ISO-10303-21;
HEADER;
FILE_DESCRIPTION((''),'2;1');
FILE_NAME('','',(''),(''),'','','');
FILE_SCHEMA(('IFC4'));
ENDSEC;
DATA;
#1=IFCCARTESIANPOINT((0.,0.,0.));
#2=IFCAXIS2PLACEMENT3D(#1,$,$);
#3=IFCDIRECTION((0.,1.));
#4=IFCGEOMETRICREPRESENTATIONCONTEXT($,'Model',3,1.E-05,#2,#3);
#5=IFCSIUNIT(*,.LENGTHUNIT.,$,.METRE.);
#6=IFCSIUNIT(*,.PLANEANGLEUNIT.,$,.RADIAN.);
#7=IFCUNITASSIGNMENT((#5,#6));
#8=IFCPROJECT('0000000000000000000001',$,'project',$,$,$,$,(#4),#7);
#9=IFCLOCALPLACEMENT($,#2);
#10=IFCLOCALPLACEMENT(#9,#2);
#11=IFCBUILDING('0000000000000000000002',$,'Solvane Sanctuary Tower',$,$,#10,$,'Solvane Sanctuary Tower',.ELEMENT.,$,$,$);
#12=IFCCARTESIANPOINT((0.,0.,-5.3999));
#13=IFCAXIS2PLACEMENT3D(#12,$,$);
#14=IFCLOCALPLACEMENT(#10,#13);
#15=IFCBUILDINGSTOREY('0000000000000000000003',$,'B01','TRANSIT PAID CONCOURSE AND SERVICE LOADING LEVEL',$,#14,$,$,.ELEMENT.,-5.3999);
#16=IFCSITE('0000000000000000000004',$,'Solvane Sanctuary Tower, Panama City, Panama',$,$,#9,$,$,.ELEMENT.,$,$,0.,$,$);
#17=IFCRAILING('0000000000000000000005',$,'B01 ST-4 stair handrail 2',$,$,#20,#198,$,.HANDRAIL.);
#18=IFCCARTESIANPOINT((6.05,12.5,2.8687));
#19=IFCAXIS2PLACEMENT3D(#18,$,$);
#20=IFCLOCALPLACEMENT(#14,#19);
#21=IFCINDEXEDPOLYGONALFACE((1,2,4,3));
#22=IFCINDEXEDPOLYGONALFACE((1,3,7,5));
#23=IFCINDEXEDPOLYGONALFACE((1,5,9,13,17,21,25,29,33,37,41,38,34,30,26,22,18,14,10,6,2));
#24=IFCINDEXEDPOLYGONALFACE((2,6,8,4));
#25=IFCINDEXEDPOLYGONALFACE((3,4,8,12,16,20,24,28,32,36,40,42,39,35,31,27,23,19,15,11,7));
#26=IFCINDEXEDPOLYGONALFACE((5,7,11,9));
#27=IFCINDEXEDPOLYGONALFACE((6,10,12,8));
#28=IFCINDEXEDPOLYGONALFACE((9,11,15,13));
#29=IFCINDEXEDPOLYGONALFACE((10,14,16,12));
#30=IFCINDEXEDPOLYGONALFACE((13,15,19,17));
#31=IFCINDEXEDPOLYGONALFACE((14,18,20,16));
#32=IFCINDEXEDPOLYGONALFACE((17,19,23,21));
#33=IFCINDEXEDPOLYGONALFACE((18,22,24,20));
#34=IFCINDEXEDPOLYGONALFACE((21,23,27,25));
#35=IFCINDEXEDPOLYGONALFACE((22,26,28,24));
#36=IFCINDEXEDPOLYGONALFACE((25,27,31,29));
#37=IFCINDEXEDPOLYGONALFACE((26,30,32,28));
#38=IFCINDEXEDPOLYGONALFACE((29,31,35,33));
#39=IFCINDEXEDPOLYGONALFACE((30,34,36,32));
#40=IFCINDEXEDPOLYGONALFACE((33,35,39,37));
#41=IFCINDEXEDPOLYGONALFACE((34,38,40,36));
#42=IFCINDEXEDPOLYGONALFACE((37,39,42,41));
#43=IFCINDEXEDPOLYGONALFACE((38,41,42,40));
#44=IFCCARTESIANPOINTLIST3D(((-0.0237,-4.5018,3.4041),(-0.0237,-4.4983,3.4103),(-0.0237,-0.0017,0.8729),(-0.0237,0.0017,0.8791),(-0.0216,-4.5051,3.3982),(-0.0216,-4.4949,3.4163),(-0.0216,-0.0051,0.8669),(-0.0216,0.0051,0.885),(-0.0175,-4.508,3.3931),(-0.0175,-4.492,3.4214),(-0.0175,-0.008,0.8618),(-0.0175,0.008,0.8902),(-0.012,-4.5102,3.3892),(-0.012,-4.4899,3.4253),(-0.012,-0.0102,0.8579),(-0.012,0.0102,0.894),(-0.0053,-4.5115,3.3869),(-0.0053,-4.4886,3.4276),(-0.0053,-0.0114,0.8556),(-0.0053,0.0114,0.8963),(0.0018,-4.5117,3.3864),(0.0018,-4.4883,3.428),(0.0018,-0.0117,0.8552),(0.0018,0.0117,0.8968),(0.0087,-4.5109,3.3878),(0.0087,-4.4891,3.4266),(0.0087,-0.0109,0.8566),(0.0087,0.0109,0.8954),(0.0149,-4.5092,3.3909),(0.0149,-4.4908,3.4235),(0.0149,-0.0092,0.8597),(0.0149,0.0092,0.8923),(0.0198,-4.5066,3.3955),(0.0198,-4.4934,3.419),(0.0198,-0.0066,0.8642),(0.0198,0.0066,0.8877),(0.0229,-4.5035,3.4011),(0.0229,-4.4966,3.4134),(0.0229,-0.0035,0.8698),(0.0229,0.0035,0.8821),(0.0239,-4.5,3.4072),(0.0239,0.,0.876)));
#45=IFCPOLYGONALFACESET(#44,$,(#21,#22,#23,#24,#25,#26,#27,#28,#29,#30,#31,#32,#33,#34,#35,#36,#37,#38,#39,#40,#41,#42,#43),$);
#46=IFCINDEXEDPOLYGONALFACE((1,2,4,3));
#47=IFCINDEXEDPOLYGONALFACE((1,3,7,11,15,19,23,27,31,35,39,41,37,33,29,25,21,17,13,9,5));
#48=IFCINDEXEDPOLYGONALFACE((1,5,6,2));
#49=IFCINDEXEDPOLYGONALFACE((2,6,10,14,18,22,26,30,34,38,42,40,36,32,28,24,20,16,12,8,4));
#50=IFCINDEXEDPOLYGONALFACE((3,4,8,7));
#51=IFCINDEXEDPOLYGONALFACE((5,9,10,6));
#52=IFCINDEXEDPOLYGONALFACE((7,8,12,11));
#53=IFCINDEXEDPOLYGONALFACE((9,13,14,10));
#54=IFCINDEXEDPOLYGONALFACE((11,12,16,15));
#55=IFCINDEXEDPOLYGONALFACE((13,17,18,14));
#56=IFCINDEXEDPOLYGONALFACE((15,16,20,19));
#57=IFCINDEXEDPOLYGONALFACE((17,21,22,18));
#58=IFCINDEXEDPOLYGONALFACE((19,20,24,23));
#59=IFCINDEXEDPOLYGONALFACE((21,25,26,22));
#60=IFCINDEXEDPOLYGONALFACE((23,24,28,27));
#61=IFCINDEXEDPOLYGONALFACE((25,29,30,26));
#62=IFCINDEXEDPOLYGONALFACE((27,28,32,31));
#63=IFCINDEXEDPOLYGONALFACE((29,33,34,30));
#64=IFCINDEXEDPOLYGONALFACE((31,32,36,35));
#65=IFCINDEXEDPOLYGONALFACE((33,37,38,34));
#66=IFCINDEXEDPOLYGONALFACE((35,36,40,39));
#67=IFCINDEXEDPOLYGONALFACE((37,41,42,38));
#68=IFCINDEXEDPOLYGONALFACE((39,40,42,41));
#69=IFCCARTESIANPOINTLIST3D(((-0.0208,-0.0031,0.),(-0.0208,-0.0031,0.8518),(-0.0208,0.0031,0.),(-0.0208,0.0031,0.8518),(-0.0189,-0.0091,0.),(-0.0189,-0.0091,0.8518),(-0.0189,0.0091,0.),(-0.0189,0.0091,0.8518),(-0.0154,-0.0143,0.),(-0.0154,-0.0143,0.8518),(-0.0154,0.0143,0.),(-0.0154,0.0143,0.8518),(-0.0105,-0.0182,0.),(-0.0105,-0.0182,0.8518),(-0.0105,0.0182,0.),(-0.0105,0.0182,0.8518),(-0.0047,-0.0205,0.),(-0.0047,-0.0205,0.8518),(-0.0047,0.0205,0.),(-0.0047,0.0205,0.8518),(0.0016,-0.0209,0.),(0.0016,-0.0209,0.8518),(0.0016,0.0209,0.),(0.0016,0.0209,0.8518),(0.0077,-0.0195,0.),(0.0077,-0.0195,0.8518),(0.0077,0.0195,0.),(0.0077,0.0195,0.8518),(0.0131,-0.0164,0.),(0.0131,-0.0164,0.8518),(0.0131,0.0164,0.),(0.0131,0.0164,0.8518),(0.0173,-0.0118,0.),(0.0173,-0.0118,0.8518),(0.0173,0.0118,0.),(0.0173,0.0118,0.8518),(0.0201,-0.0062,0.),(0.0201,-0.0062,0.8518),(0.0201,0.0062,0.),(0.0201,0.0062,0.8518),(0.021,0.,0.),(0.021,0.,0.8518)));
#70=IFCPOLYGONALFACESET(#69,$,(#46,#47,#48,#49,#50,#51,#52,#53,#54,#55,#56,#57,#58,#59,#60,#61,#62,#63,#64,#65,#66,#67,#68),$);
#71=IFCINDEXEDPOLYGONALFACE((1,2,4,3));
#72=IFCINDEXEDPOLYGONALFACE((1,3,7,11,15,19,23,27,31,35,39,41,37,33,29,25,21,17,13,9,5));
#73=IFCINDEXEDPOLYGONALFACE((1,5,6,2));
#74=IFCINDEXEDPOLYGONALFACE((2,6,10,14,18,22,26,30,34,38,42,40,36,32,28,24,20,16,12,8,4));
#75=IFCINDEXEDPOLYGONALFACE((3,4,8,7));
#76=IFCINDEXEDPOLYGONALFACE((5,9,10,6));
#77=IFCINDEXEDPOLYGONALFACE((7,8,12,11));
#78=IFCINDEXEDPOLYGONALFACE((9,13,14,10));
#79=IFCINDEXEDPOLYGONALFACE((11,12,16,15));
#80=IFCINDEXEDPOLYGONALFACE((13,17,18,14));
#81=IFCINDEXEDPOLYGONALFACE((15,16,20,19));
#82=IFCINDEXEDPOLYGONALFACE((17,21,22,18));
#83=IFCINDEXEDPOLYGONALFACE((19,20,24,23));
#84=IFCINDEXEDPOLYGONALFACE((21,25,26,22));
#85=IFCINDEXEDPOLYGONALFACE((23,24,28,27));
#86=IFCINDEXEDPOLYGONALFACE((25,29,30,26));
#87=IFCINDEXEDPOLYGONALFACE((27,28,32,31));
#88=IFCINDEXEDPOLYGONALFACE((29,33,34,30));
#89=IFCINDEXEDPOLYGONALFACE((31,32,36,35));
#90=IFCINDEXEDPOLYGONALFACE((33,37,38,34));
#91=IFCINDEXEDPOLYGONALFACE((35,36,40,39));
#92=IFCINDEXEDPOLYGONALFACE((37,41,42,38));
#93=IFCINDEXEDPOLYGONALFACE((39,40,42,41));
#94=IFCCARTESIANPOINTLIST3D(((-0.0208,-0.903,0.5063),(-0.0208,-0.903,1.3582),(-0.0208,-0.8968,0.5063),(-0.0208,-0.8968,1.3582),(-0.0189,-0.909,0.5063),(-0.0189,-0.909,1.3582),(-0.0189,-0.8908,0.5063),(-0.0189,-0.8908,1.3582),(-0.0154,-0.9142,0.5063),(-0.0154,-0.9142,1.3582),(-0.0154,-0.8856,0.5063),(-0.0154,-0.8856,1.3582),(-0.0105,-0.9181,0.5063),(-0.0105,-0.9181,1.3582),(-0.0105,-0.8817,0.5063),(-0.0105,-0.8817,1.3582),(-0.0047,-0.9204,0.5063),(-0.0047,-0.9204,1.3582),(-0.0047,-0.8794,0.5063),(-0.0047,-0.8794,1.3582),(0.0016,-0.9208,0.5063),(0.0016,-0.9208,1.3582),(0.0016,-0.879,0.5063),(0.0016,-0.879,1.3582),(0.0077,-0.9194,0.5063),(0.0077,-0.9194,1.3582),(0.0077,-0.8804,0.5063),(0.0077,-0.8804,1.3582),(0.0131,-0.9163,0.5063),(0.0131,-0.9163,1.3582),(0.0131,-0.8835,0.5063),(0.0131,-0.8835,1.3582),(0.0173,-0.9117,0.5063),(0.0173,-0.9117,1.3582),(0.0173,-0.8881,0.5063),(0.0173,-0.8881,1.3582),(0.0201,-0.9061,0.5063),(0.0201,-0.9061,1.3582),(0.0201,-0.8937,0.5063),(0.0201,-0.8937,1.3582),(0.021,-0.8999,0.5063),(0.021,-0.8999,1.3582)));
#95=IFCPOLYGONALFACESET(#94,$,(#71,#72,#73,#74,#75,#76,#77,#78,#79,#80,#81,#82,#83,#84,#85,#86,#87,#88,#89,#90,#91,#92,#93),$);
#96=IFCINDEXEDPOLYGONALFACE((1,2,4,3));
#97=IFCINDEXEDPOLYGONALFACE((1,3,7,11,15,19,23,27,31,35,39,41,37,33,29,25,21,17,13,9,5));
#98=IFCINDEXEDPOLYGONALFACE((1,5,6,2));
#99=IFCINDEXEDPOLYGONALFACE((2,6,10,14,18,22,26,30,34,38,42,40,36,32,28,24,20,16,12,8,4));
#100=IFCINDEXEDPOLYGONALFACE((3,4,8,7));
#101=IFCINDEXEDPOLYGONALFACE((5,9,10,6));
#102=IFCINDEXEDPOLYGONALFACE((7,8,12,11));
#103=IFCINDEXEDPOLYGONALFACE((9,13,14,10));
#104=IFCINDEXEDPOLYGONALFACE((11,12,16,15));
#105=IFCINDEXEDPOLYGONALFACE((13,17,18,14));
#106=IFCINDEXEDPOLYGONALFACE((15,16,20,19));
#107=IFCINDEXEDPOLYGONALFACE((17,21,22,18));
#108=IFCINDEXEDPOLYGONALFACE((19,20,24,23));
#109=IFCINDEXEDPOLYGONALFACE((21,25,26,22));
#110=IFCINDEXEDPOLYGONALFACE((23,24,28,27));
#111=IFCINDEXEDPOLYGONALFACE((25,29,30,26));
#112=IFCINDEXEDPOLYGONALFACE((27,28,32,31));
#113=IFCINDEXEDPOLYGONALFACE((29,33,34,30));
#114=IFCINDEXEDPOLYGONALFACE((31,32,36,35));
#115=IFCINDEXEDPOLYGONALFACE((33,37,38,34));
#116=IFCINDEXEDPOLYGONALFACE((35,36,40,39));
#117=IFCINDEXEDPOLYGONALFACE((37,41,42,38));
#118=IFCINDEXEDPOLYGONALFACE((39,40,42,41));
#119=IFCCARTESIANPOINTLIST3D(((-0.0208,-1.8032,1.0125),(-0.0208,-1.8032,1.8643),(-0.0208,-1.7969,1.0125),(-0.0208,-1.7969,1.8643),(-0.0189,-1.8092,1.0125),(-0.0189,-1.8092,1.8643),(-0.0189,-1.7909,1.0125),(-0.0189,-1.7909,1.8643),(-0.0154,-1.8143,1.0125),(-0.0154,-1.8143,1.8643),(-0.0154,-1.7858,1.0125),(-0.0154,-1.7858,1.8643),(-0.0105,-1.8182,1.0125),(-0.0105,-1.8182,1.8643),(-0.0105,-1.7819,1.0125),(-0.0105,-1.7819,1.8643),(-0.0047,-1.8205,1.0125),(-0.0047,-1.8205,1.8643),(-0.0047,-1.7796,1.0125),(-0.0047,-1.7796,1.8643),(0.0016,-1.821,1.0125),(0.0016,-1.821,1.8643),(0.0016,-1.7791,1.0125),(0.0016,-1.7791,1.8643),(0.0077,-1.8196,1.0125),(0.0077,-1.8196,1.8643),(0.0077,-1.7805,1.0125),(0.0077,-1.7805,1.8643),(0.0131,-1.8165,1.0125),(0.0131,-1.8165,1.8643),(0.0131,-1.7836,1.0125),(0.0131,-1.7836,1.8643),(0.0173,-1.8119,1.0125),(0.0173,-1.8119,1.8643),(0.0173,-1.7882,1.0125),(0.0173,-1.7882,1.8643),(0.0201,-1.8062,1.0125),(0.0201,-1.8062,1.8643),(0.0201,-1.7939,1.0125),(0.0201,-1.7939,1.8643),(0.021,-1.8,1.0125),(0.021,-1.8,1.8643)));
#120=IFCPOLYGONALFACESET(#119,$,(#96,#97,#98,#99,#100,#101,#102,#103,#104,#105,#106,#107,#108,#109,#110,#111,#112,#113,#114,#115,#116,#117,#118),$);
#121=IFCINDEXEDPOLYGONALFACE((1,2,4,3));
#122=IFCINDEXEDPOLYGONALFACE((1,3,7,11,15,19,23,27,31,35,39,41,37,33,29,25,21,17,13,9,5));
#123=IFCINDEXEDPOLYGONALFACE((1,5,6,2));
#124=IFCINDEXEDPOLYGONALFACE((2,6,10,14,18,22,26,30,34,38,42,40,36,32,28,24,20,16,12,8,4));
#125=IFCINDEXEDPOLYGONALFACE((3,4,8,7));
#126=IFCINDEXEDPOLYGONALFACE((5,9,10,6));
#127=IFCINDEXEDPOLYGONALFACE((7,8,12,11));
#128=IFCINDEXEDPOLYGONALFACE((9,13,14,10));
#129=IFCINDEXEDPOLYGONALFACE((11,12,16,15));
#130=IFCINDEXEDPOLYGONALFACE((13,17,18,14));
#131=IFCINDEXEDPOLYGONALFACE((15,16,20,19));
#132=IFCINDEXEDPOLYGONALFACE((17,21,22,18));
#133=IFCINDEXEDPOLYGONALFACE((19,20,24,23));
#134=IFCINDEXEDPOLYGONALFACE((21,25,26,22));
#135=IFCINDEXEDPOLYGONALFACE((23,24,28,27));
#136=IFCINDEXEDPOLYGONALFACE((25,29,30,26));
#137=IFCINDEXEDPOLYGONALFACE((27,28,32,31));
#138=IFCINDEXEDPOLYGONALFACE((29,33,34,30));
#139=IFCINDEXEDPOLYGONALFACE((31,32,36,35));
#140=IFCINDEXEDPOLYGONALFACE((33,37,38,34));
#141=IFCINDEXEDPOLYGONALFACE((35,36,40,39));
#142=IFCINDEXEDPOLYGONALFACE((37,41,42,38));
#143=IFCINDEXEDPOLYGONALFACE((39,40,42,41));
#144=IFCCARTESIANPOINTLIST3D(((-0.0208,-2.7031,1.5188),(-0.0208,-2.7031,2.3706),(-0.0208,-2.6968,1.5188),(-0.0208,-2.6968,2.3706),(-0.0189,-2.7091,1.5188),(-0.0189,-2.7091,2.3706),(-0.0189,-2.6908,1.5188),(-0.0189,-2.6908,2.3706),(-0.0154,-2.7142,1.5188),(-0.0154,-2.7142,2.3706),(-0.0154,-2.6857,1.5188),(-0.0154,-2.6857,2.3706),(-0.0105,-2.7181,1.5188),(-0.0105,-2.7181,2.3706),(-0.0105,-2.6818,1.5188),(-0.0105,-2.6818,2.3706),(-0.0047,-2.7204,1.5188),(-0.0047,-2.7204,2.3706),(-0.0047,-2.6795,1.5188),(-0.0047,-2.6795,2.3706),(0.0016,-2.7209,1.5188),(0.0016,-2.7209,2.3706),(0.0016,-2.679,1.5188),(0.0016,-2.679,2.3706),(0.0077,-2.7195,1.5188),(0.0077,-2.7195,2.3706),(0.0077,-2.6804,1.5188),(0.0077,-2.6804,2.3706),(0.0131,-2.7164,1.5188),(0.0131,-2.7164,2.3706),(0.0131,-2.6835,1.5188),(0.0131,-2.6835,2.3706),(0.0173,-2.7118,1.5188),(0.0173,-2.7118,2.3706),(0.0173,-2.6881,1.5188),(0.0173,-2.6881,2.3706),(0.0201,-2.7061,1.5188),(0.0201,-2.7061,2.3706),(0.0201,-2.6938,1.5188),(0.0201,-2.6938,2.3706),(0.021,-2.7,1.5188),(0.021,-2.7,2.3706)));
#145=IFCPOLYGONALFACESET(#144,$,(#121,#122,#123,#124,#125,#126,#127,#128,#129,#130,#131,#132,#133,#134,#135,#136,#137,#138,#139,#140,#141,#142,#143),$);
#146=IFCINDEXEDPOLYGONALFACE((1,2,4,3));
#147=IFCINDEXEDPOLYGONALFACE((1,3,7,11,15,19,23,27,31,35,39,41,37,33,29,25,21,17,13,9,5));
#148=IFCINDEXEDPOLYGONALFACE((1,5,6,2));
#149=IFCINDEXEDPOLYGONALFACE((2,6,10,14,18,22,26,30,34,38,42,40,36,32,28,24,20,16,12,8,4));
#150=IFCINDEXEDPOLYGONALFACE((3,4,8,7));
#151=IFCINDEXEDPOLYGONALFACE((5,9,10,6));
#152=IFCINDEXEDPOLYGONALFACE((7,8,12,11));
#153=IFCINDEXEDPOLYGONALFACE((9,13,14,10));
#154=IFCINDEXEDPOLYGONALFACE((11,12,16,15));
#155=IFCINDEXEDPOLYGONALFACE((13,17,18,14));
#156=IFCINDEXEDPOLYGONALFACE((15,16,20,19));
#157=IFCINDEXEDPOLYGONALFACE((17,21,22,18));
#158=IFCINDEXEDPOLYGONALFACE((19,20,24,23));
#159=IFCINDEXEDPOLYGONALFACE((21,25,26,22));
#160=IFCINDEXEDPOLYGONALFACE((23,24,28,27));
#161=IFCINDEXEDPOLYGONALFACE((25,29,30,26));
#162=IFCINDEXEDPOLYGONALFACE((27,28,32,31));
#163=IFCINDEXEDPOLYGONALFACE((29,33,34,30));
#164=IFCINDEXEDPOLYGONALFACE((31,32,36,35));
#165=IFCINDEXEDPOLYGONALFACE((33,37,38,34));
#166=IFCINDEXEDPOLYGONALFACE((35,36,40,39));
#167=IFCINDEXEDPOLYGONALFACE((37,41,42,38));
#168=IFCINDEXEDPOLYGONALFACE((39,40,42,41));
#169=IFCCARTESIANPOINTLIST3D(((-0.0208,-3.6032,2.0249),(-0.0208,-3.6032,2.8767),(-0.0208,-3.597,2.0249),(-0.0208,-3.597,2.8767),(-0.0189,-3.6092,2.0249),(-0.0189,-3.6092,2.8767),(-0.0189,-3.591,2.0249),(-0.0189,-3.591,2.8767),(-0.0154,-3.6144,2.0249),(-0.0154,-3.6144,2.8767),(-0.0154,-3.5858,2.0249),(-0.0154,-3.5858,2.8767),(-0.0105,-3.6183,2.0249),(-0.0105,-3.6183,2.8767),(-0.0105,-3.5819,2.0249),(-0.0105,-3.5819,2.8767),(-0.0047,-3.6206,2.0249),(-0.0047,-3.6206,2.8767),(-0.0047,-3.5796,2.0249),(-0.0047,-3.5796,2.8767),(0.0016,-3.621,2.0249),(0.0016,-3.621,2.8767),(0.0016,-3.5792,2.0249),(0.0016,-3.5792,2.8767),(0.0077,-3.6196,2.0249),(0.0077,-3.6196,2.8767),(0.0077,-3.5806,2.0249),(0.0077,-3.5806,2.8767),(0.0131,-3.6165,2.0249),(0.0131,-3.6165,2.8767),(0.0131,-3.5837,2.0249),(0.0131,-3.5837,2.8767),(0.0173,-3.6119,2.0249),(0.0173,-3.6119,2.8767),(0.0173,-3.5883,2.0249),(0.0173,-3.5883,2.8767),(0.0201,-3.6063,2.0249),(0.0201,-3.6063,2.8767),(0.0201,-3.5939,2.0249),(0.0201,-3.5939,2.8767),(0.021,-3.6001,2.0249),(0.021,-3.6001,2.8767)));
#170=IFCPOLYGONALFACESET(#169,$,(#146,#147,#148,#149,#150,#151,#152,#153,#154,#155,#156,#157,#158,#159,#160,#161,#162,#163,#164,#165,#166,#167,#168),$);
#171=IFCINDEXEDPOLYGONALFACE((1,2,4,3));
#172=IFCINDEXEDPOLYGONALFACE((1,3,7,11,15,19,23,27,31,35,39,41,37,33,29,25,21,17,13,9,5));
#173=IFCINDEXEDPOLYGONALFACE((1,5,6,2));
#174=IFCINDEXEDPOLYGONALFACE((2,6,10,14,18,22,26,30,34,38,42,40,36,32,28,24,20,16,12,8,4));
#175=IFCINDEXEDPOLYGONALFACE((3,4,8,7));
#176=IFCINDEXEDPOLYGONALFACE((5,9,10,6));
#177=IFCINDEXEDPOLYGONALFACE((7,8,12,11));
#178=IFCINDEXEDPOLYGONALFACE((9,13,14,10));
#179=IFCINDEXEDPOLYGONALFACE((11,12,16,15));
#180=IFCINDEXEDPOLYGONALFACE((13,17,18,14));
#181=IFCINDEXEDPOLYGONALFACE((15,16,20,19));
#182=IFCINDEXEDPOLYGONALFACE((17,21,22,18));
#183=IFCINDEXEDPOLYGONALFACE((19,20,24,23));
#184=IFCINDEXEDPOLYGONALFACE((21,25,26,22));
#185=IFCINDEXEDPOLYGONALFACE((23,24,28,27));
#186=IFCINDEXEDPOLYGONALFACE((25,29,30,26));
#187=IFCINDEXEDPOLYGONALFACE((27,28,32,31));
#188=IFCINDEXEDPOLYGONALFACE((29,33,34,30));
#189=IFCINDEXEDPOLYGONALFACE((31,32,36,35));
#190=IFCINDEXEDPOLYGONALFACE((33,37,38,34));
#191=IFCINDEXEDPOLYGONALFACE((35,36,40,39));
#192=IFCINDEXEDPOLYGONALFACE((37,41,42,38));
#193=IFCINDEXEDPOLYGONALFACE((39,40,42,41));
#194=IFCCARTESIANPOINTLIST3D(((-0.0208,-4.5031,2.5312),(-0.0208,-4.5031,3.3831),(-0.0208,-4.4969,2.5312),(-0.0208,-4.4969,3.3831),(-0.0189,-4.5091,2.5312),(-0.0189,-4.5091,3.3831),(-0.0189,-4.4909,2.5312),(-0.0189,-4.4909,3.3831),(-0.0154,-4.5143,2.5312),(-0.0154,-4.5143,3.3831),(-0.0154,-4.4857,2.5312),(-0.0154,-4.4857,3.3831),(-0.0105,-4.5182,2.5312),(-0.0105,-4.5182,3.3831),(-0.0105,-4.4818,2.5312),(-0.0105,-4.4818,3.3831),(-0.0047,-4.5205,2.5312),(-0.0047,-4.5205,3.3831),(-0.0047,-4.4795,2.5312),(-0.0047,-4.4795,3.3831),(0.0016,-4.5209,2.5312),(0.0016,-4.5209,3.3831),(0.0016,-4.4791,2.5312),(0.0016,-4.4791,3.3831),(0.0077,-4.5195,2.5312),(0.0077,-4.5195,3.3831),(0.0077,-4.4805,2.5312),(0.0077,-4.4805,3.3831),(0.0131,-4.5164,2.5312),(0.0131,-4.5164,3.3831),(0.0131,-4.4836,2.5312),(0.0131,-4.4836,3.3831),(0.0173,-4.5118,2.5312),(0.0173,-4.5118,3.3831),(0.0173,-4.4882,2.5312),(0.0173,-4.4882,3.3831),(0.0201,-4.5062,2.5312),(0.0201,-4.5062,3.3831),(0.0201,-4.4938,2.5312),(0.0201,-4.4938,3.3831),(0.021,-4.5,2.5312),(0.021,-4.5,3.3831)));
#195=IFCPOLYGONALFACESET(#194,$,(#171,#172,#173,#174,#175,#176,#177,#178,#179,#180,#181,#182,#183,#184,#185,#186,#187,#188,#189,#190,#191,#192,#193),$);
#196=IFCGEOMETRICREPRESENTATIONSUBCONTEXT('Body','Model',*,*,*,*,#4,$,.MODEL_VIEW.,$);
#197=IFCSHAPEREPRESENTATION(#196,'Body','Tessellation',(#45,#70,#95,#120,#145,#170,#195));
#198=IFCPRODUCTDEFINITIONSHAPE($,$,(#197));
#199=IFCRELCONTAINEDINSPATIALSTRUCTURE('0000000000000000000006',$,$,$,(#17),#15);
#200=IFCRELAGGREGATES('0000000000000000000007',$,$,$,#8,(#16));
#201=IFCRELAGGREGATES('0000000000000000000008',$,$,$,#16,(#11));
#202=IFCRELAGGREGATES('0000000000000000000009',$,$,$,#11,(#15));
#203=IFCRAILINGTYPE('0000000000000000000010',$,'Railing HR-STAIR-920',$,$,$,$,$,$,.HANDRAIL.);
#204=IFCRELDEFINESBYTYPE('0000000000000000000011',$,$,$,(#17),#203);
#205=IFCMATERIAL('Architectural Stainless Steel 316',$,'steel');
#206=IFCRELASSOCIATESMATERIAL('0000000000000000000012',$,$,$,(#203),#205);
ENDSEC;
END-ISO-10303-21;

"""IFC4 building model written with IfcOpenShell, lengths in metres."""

from ifc_helpers import new_model, si_unit, direction, frame, origin, origin_2d, place, context, subcontext, project, spatial, circle, extrude, material, type_object, element, save


model = new_model("IFC4")

# Units and contexts
model_context = context("Model", 3, precision=1e-05, world=origin(), true_north=direction((0.0, 1.0)))
body_context = subcontext(model_context, "Body", "Model", "MODEL_VIEW")
ifc_project = project(units=[si_unit("LENGTHUNIT", "METRE"), si_unit("PLANEANGLEUNIT", "RADIAN")], contexts=[model_context])

# Site, building, storey
site_placement = place(None, origin())
site = spatial("IfcSite", under=ifc_project, at=site_placement, Name="Solvane Sanctuary Tower, Panama City, Panama", CompositionType="ELEMENT", RefElevation=0.0)
building_placement = place(site_placement, origin())
building = spatial("IfcBuilding", under=site, at=building_placement, Name="Solvane Sanctuary Tower", LongName="Solvane Sanctuary Tower", CompositionType="ELEMENT")
storey_placement = place(building_placement, frame((0.0, 0.0, -5.3999)))
storey = spatial("IfcBuildingStorey", under=building, at=storey_placement, Name="B01", Description="TRANSIT PAID CONCOURSE AND SERVICE LOADING LEVEL", CompositionType="ELEMENT", Elevation=-5.3999)

# Shared definitions
ifc_material_1 = material(Name="Architectural Stainless Steel 316", Category="steel")

# Railing
railing_type_1 = type_object("IfcRailingType", Name="Railing HR-STAIR-920", PredefinedType="HANDRAIL", material=ifc_material_1)
railing_1_placement = place(storey_placement, frame((6.05, 12.5, 2.8687)))
element("IfcRailing", 1, at=railing_1_placement, inside=storey, type_object=railing_type_1, Name="B01 ST-4 stair handrail 2", PredefinedType="HANDRAIL", context=body_context, shape_type="SweptSolid", body=[
    extrude(circle(Radius=0.0239, at=origin_2d()), frame((0.0, 0.0, 0.876), z_axis=(0.0, -0.871576, 0.490261), x_axis=(1.0, 0.0, 0.0)), (0.0, 0.0, 1.0), 5.1631),
    extrude(circle(Radius=0.021, at=origin_2d()), origin(), (0.0, 0.0, 1.0), 0.8518),
    extrude(circle(Radius=0.021, at=origin_2d()), frame((0.0, -0.8999, 0.5063)), (0.0, 0.0, 1.0), 0.8518),
    extrude(circle(Radius=0.021, at=origin_2d()), frame((0.0, -1.8, 1.0125)), (0.0, 0.0, 1.0), 0.8518),
    extrude(circle(Radius=0.021, at=origin_2d()), frame((0.0, -2.7, 1.5188)), (0.0, 0.0, 1.0), 0.8518),
    extrude(circle(Radius=0.021, at=origin_2d()), frame((0.0, -3.6001, 2.0249)), (0.0, 0.0, 1.0), 0.8518),
    extrude(circle(Radius=0.021, at=origin_2d()), frame((0.0, -4.5, 2.5312)), (0.0, 0.0, 1.0), 0.8518),
])

save(model, "model.ifc")
